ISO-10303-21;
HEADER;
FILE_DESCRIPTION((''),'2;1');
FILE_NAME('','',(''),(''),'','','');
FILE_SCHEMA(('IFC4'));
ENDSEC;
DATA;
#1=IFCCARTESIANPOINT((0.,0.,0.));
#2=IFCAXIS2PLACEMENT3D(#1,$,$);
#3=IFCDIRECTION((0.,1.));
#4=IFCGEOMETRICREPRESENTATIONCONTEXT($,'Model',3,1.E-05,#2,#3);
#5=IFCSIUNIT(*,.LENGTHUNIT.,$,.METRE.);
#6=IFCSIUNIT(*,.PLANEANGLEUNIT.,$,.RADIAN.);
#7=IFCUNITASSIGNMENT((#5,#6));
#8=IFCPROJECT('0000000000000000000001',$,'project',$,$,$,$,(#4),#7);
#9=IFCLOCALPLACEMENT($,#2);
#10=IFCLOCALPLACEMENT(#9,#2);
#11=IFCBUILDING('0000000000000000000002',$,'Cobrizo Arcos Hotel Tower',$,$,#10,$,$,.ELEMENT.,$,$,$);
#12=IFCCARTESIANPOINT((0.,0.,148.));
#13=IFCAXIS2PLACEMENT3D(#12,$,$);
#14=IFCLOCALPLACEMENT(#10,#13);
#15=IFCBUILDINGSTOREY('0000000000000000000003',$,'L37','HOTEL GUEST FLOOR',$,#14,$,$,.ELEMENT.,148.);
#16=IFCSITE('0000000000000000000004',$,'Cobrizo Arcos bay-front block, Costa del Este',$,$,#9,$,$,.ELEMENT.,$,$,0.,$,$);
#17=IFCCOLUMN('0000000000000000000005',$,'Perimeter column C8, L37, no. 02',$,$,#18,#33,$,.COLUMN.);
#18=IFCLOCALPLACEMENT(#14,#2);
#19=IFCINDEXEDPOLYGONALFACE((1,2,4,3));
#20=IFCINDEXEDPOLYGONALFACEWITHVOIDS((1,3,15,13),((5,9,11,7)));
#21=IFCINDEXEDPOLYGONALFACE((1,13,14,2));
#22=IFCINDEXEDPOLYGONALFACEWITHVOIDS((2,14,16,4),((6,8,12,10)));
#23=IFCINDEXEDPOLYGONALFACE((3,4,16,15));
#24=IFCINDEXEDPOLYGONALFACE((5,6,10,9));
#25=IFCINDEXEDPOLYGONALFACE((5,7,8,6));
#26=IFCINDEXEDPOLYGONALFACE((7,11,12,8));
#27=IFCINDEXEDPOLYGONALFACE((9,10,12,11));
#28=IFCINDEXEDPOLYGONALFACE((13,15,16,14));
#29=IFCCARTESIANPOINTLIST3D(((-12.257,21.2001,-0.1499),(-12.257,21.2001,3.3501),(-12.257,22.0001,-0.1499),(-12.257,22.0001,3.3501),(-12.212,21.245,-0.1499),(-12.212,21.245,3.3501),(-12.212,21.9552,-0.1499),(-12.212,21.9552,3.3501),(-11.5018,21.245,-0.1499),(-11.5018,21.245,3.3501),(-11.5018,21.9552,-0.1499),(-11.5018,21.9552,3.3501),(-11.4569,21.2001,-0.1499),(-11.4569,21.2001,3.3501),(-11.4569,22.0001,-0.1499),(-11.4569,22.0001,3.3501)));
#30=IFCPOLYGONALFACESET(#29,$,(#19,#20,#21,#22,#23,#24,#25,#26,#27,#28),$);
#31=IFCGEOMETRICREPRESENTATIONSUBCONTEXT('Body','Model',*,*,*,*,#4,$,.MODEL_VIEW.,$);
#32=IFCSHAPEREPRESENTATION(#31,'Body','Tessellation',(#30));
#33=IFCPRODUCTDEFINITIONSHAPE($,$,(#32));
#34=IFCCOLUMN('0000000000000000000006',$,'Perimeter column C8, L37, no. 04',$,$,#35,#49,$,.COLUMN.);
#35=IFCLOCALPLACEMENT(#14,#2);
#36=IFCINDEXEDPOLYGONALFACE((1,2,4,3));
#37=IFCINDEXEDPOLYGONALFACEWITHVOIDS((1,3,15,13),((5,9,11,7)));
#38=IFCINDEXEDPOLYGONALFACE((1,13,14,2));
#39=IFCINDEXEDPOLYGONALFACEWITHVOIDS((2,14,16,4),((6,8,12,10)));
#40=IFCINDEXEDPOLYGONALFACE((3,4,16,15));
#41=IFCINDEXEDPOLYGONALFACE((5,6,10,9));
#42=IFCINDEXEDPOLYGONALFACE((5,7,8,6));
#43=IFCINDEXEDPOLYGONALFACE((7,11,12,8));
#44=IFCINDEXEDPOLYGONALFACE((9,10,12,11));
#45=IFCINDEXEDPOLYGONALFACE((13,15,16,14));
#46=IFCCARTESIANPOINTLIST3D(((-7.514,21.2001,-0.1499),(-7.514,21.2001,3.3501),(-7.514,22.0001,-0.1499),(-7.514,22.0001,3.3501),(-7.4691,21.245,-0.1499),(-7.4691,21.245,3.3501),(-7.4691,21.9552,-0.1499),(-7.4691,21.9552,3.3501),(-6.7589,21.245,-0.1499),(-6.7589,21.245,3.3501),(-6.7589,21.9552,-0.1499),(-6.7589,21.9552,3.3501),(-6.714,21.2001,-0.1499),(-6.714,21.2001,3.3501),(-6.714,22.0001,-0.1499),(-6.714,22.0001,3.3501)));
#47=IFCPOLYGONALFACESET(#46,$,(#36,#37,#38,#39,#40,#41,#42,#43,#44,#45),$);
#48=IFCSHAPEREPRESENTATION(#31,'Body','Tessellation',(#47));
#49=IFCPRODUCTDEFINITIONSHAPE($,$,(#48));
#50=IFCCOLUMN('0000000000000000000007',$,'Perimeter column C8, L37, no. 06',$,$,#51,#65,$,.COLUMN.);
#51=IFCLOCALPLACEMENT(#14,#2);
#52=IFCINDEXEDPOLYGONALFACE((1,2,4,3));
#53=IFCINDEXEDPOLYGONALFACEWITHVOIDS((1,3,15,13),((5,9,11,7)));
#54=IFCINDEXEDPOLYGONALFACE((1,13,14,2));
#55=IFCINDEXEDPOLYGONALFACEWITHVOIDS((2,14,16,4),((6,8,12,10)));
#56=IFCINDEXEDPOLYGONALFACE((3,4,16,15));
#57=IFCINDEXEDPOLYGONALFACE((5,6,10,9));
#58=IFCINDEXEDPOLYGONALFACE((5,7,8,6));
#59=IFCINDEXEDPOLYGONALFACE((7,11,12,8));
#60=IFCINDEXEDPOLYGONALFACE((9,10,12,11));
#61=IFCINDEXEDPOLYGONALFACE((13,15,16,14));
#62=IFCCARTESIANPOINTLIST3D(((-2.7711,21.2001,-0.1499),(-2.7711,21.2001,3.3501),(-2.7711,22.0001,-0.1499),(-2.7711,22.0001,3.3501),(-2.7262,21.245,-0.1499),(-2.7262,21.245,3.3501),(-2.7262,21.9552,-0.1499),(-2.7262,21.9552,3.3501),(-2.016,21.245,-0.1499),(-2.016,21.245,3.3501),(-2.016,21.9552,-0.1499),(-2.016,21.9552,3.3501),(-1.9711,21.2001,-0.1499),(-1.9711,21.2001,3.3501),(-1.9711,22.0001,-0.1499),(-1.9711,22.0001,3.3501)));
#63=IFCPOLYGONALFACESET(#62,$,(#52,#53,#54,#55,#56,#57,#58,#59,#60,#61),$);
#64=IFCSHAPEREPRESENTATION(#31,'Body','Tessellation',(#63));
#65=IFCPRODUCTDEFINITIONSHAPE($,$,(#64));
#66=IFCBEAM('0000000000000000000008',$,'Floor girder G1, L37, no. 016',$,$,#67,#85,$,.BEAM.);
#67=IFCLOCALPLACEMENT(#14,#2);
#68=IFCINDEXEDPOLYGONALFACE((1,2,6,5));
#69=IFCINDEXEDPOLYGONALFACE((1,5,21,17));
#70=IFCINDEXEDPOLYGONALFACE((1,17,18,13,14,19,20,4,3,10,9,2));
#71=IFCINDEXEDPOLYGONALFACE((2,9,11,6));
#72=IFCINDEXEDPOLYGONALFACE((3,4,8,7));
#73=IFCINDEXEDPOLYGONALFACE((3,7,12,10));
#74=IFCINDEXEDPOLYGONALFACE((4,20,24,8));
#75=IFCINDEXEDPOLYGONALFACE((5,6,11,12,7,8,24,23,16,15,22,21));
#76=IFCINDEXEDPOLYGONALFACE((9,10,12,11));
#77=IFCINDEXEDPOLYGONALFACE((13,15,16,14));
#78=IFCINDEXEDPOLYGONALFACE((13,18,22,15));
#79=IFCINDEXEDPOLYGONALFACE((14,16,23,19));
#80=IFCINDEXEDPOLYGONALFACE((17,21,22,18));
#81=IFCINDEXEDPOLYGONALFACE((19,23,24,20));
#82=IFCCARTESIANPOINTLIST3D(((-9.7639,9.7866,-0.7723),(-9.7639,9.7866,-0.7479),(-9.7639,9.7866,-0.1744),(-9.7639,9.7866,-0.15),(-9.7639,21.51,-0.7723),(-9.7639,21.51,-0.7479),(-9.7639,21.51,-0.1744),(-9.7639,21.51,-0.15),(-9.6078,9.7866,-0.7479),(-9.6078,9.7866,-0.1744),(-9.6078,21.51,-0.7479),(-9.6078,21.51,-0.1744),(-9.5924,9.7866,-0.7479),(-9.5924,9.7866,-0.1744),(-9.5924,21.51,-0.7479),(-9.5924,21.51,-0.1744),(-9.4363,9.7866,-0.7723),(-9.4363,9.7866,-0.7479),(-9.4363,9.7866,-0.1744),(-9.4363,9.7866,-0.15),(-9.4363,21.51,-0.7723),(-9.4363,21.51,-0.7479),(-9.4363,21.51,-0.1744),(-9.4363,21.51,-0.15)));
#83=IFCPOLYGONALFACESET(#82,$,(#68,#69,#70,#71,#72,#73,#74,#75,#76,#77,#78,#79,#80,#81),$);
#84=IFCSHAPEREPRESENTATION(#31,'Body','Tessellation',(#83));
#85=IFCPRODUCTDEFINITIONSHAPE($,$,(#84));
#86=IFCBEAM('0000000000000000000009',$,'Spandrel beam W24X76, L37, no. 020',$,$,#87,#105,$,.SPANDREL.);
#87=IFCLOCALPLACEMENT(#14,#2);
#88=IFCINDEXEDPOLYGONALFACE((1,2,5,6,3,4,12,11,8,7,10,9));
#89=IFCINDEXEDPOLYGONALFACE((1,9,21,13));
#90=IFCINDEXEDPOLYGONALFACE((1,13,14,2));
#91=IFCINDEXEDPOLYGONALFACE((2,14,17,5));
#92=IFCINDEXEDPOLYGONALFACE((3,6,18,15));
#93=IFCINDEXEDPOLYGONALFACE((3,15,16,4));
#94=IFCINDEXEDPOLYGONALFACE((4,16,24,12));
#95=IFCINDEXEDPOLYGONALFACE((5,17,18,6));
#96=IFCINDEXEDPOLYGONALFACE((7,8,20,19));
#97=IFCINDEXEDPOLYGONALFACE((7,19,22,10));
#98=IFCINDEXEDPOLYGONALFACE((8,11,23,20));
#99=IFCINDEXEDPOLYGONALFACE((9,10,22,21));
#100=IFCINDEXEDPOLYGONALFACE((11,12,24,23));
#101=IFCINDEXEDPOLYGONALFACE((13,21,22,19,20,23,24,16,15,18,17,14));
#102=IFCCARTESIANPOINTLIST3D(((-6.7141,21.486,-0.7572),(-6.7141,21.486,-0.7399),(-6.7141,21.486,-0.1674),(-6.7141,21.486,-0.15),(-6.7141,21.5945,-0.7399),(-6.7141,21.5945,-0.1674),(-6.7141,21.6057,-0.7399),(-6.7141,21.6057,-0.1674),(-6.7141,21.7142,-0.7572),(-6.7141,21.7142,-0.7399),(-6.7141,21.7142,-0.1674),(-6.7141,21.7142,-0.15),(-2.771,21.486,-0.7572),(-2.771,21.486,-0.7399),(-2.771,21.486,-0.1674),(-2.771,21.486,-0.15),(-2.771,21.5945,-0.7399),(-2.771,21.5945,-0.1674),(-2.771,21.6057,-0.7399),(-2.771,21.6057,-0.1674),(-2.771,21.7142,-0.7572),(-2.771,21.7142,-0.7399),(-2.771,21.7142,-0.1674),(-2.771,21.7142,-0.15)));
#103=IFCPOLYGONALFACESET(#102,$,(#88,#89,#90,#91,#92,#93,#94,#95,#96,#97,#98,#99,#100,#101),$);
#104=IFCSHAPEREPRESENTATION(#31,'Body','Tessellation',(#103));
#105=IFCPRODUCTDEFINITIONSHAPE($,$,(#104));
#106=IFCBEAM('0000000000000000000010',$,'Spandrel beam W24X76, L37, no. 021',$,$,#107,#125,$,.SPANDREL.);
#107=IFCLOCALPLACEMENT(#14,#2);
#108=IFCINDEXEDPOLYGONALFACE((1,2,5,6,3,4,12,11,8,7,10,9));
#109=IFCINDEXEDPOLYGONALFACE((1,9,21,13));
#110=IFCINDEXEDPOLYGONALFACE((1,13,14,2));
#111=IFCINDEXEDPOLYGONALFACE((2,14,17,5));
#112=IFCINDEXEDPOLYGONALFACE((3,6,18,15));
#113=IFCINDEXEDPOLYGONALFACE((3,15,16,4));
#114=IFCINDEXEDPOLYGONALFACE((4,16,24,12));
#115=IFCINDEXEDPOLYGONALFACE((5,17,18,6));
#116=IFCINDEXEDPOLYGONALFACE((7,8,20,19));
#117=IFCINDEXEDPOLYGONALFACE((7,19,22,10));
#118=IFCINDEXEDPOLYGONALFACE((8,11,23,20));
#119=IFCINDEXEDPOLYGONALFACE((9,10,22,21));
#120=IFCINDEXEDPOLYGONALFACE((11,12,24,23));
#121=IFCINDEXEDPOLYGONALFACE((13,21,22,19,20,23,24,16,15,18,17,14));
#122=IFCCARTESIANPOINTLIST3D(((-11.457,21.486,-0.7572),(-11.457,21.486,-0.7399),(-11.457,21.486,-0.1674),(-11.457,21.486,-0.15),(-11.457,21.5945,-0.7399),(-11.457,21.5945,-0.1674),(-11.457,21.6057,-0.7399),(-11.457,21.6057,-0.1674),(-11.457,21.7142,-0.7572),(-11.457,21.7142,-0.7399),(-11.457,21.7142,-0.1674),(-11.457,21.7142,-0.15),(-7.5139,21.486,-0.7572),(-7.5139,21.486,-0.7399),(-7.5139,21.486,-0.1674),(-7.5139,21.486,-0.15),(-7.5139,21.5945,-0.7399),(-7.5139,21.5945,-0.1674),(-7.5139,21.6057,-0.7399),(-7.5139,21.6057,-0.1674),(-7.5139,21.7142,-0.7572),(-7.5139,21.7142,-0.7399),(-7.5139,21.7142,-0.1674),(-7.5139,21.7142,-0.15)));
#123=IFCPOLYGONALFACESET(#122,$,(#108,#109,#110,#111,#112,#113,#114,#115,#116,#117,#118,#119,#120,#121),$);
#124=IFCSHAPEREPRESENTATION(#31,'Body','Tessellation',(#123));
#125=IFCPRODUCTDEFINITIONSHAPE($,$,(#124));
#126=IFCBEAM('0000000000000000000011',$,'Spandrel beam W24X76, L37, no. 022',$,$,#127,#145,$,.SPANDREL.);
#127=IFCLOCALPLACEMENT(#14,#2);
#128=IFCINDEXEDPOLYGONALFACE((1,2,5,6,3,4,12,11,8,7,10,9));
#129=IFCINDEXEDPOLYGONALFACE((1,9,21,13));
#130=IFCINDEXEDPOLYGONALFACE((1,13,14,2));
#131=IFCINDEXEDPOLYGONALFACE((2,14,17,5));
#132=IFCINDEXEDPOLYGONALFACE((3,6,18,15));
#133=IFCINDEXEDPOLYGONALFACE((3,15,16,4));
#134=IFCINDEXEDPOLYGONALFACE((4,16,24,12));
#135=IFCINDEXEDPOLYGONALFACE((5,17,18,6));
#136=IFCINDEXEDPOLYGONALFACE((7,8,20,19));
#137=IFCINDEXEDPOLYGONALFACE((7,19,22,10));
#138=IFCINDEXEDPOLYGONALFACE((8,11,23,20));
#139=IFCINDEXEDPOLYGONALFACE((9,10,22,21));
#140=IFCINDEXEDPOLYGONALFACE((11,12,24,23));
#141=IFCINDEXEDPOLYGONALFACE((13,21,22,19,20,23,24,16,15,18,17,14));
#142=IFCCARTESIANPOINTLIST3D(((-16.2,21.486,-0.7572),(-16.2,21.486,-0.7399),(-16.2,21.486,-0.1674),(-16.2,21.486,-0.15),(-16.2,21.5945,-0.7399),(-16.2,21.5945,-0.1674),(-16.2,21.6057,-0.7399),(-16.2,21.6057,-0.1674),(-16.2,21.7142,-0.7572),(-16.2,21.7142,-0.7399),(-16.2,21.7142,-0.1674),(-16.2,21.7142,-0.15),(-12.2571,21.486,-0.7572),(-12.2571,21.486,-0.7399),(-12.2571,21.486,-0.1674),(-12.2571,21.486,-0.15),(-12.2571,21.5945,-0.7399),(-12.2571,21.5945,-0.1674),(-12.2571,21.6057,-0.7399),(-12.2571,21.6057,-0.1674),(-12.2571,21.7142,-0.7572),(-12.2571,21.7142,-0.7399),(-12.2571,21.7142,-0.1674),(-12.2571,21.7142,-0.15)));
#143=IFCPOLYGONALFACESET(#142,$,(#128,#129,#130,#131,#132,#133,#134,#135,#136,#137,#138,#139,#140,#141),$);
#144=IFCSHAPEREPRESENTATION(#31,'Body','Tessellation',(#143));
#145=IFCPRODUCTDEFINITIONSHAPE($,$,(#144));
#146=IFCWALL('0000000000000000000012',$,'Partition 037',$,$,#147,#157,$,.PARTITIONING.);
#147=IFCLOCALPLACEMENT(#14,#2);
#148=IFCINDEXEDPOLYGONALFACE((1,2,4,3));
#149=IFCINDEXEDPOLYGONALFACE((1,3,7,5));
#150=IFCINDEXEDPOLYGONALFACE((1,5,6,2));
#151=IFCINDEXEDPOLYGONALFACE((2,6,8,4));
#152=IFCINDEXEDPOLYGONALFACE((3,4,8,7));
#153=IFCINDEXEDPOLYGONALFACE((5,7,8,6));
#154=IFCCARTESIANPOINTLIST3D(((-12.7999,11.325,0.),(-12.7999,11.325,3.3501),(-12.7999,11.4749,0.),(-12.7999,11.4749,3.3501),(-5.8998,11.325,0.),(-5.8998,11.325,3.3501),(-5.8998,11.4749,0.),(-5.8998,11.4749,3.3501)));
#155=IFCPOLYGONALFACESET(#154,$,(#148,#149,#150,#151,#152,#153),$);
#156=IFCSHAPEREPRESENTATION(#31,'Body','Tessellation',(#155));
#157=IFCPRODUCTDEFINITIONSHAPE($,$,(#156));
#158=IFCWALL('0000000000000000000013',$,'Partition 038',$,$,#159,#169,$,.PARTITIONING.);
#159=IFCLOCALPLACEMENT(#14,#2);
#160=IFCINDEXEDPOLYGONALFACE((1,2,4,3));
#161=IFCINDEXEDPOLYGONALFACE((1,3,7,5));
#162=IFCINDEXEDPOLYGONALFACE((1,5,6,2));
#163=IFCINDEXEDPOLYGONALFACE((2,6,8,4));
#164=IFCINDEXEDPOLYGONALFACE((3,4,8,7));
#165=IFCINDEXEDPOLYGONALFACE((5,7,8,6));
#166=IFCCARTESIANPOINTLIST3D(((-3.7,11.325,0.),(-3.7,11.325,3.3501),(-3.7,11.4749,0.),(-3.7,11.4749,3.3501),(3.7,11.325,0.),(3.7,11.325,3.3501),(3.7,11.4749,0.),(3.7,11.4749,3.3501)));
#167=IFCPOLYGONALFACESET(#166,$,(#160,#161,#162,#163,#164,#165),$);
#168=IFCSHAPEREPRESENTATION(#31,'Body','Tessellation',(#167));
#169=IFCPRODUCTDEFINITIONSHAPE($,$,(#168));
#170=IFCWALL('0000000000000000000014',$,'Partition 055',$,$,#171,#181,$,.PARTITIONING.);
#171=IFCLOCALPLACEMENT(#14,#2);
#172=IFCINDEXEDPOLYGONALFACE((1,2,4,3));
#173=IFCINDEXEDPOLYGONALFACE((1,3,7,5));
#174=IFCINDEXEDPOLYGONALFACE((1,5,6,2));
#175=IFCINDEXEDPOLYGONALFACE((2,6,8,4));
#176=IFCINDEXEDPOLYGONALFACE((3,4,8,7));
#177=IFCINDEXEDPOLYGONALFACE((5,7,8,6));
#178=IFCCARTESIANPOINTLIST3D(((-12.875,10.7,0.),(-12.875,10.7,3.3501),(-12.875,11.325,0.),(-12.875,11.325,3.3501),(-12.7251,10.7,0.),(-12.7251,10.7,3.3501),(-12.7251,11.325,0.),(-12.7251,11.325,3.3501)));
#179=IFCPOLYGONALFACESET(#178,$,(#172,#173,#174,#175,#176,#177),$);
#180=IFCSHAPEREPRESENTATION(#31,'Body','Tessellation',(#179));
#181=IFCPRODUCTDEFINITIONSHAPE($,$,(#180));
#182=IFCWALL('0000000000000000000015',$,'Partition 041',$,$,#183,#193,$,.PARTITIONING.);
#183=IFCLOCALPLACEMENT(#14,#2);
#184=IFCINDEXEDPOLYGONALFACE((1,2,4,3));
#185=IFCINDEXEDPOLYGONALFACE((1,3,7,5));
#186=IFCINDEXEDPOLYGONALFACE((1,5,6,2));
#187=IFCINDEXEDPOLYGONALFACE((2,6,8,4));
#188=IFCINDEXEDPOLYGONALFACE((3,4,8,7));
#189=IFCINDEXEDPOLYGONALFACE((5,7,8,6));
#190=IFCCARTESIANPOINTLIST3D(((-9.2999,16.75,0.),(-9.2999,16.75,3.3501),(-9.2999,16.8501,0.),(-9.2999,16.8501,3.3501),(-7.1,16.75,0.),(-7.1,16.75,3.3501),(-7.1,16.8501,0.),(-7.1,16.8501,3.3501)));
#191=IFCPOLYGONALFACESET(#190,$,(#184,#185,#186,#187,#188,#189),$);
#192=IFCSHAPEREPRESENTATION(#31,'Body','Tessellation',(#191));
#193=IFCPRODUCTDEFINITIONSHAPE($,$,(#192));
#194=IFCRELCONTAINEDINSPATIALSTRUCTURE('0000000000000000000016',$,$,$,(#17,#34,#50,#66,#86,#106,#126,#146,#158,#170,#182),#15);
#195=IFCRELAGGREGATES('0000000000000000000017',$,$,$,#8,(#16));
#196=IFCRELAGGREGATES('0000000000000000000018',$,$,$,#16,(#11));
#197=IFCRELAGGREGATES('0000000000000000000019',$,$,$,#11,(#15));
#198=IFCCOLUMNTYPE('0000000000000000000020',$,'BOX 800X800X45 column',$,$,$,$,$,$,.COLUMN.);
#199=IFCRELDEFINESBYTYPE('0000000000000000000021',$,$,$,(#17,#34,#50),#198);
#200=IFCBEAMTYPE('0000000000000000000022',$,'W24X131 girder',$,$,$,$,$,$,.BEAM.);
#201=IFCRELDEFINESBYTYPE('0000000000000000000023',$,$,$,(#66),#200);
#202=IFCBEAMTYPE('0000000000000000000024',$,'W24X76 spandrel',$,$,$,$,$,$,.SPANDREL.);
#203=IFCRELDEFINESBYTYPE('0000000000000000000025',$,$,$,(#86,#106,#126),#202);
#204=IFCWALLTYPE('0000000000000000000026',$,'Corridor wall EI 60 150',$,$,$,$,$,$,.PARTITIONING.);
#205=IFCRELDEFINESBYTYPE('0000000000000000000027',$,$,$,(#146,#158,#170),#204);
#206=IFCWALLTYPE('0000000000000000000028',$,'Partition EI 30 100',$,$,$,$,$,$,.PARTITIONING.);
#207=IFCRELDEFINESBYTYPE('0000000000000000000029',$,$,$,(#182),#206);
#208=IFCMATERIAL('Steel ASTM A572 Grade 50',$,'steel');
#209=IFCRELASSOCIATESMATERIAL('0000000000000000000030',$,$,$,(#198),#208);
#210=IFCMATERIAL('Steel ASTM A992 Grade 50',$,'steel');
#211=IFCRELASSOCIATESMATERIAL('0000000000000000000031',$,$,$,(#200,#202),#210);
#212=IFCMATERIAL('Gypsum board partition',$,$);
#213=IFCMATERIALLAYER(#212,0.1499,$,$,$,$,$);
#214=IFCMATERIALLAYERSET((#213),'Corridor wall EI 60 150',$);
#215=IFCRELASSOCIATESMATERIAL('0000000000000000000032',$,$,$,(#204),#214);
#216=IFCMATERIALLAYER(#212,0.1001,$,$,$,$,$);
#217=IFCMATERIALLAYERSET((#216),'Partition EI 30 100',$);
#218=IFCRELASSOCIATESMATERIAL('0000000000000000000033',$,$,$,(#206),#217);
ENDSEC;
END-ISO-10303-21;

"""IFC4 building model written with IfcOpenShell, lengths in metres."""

from ifc_helpers import new_model, si_unit, direction, frame, frame_2d, origin, origin_2d, place, context, subcontext, project, spatial, rectangle, hollow_rectangle, i_section, extrude, material, layer, layer_set, material_profile, profile_set, type_object, element, save


model = new_model("IFC4")

# Units and contexts
model_context = context("Model", 3, precision=1e-05, world=origin(), true_north=direction((0.0, 1.0)))
body_context = subcontext(model_context, "Body", "Model", "MODEL_VIEW")
ifc_project = project(units=[si_unit("LENGTHUNIT", "METRE"), si_unit("PLANEANGLEUNIT", "RADIAN")], contexts=[model_context])

# Site, building, storey
site_placement = place(None, origin())
site = spatial("IfcSite", under=ifc_project, at=site_placement, Name="Cobrizo Arcos bay-front block, Costa del Este", CompositionType="ELEMENT", RefElevation=0.0)
building_placement = place(site_placement, origin())
building = spatial("IfcBuilding", under=site, at=building_placement, Name="Cobrizo Arcos Hotel Tower", CompositionType="ELEMENT")
storey_placement = place(building_placement, frame((0.0, 0.0, 148.0)))
storey = spatial("IfcBuildingStorey", under=building, at=storey_placement, Name="L37", Description="HOTEL GUEST FLOOR", CompositionType="ELEMENT", Elevation=148.0)

# Columns
ifc_material_1 = material(Name="Steel ASTM A572 Grade 50", Category="steel")
ifc_material_profile_1 = material_profile(ifc_material_1, hollow_rectangle(XDim=0.8, YDim=0.8, WallThickness=0.0449, at=origin_2d()), Name="BOX 800X800X45")
ifc_profile_set_1 = profile_set([ifc_material_profile_1], Name="Steel ASTM A572 Grade 50")
column_type = type_object("IfcColumnType", Name="BOX 800X800X45 column", PredefinedType="COLUMN", material=ifc_profile_set_1)
for number, where, z_axis, x_axis, name in (
    (1, (-11.8569, 21.6001, -0.1499), (0.0, 0.0, 1.0), (1.0, 0.0, 0.0), "Perimeter column C8, L37, no. 02"),
    (2, (-7.114, 21.6001, -0.1499), (0.0, 0.0, 1.0), (1.0, 0.0, 0.0), "Perimeter column C8, L37, no. 04"),
    (3, (-2.3711, 21.6001, -0.1499), (0.0, 0.0, 1.0), (1.0, 0.0, 0.0), "Perimeter column C8, L37, no. 06"),
):
    element("IfcColumn", number, at=place(storey_placement, frame(where, z_axis=z_axis, x_axis=x_axis)), inside=storey, type_object=column_type, Name=name, PredefinedType="COLUMN", context=body_context, shape_type="SweptSolid", body=[
        extrude(hollow_rectangle(XDim=0.8, YDim=0.8, WallThickness=0.0449, at=origin_2d()), origin(), (0.0, 0.0, 1.0), 3.5),
    ])

# Beams
ifc_material_2 = material(Name="Steel ASTM A992 Grade 50", Category="steel")
ifc_material_profile_2 = material_profile(ifc_material_2, i_section(OverallWidth=0.3276, OverallDepth=0.6223, WebThickness=0.0154, FlangeThickness=0.0244, at=origin_2d()), Name="W24X131")
ifc_profile_set_2 = profile_set([ifc_material_profile_2], Name="Steel ASTM A992 Grade 50")
beam_type_1 = type_object("IfcBeamType", Name="W24X131 girder", PredefinedType="BEAM", material=ifc_profile_set_2)
beam_1_placement = place(storey_placement, frame((-9.6001, 9.7866, -0.4612), z_axis=(0.0, 1.0, 0.0), x_axis=(-1.0, 0.0, 0.0)))
element("IfcBeam", 4, at=beam_1_placement, inside=storey, type_object=beam_type_1, Name="Floor girder G1, L37, no. 016", PredefinedType="BEAM", context=body_context, shape_type="SweptSolid", body=[
    extrude(i_section(OverallWidth=0.3276, OverallDepth=0.6223, WebThickness=0.0154, FlangeThickness=0.0244, at=origin_2d()), origin(), (0.0, 0.0, 1.0), 11.7234),
])
ifc_material_profile_3 = material_profile(ifc_material_2, i_section(OverallWidth=0.2283, OverallDepth=0.6072, WebThickness=0.0112, FlangeThickness=0.0173, at=origin_2d()), Name="W24X76")
ifc_profile_set_3 = profile_set([ifc_material_profile_3], Name="Steel ASTM A992 Grade 50")
beam_type_2 = type_object("IfcBeamType", Name="W24X76 spandrel", PredefinedType="SPANDREL", material=ifc_profile_set_3)
for number, where, z_axis, x_axis, name in (
    (5, (-2.771, 21.6001, -0.4536), (-1.0, 0.0, 0.0), (0.0, -1.0, 0.0), "Spandrel beam W24X76, L37, no. 020"),
    (6, (-7.5139, 21.6001, -0.4536), (-1.0, 0.0, 0.0), (0.0, -1.0, 0.0), "Spandrel beam W24X76, L37, no. 021"),
):
    element("IfcBeam", number, at=place(storey_placement, frame(where, z_axis=z_axis, x_axis=x_axis)), inside=storey, type_object=beam_type_2, Name=name, PredefinedType="SPANDREL", context=body_context, shape_type="SweptSolid", body=[
        extrude(i_section(OverallWidth=0.2283, OverallDepth=0.6072, WebThickness=0.0112, FlangeThickness=0.0173, at=origin_2d()), origin(), (0.0, 0.0, 1.0), 3.9431),
    ])
beam_2_placement = place(storey_placement, frame((-12.2571, 21.6001, -0.4536), z_axis=(-1.0, 0.0, 0.0), x_axis=(0.0, -1.0, 0.0)))
element("IfcBeam", 7, at=beam_2_placement, inside=storey, type_object=beam_type_2, Name="Spandrel beam W24X76, L37, no. 022", PredefinedType="SPANDREL", context=body_context, shape_type="SweptSolid", body=[
    extrude(i_section(OverallWidth=0.2283, OverallDepth=0.6072, WebThickness=0.0112, FlangeThickness=0.0173, at=origin_2d()), origin(), (0.0, 0.0, 1.0), 3.9429),
])

# Walls
ifc_material_3 = material(Name="Gypsum board partition")
ifc_layer_1 = layer(ifc_material_3, 0.1499)
ifc_layer_set_1 = layer_set([ifc_layer_1], Name="Corridor wall EI 60 150")
wall_type_1 = type_object("IfcWallType", Name="Corridor wall EI 60 150", PredefinedType="PARTITIONING", material=ifc_layer_set_1)
wall_1_placement = place(storey_placement, frame((-12.8, 11.3999, 0.0), z_axis=(0.0, 0.0, 1.0), x_axis=(1.0, 0.0, 0.0)))
element("IfcWall", 8, at=wall_1_placement, inside=storey, type_object=wall_type_1, Name="Partition 037", PredefinedType="PARTITIONING", context=body_context, shape_type="SweptSolid", body=[
    extrude(rectangle(XDim=6.9001, YDim=0.1499, at=frame_2d((3.4502, 0.0))), origin(), (0.0, 0.0, 1.0), 3.3501),
])
wall_2_placement = place(storey_placement, frame((-3.7, 11.3999, 0.0), z_axis=(0.0, 0.0, 1.0), x_axis=(1.0, 0.0, 0.0)))
element("IfcWall", 9, at=wall_2_placement, inside=storey, type_object=wall_type_1, Name="Partition 038", PredefinedType="PARTITIONING", context=body_context, shape_type="SweptSolid", body=[
    extrude(rectangle(XDim=7.3999, YDim=0.1499, at=frame_2d((3.7, 0.0))), origin(), (0.0, 0.0, 1.0), 3.3501),
])
wall_3_placement = place(storey_placement, frame((-12.8, 10.7, 0.0), z_axis=(0.0, 0.0, 1.0), x_axis=(0.0, 1.0, 0.0)))
element("IfcWall", 10, at=wall_3_placement, inside=storey, type_object=wall_type_1, Name="Partition 055", PredefinedType="PARTITIONING", context=body_context, shape_type="SweptSolid", body=[
    extrude(rectangle(XDim=0.625, YDim=0.1499, at=frame_2d((0.3125, 0.0))), origin(), (0.0, 0.0, 1.0), 3.3501),
])
ifc_layer_2 = layer(ifc_material_3, 0.1001)
ifc_layer_set_2 = layer_set([ifc_layer_2], Name="Partition EI 30 100")
wall_type_2 = type_object("IfcWallType", Name="Partition EI 30 100", PredefinedType="PARTITIONING", material=ifc_layer_set_2)
wall_4_placement = place(storey_placement, frame((-9.3, 16.8, 0.0), z_axis=(0.0, 0.0, 1.0), x_axis=(1.0, 0.0, 0.0)))
element("IfcWall", 11, at=wall_4_placement, inside=storey, type_object=wall_type_2, Name="Partition 041", PredefinedType="PARTITIONING", context=body_context, shape_type="SweptSolid", body=[
    extrude(rectangle(XDim=2.2, YDim=0.1001, at=frame_2d((1.1001, 0.0))), origin(), (0.0, 0.0, 1.0), 3.3501),
])

save(model, "model.ifc")
